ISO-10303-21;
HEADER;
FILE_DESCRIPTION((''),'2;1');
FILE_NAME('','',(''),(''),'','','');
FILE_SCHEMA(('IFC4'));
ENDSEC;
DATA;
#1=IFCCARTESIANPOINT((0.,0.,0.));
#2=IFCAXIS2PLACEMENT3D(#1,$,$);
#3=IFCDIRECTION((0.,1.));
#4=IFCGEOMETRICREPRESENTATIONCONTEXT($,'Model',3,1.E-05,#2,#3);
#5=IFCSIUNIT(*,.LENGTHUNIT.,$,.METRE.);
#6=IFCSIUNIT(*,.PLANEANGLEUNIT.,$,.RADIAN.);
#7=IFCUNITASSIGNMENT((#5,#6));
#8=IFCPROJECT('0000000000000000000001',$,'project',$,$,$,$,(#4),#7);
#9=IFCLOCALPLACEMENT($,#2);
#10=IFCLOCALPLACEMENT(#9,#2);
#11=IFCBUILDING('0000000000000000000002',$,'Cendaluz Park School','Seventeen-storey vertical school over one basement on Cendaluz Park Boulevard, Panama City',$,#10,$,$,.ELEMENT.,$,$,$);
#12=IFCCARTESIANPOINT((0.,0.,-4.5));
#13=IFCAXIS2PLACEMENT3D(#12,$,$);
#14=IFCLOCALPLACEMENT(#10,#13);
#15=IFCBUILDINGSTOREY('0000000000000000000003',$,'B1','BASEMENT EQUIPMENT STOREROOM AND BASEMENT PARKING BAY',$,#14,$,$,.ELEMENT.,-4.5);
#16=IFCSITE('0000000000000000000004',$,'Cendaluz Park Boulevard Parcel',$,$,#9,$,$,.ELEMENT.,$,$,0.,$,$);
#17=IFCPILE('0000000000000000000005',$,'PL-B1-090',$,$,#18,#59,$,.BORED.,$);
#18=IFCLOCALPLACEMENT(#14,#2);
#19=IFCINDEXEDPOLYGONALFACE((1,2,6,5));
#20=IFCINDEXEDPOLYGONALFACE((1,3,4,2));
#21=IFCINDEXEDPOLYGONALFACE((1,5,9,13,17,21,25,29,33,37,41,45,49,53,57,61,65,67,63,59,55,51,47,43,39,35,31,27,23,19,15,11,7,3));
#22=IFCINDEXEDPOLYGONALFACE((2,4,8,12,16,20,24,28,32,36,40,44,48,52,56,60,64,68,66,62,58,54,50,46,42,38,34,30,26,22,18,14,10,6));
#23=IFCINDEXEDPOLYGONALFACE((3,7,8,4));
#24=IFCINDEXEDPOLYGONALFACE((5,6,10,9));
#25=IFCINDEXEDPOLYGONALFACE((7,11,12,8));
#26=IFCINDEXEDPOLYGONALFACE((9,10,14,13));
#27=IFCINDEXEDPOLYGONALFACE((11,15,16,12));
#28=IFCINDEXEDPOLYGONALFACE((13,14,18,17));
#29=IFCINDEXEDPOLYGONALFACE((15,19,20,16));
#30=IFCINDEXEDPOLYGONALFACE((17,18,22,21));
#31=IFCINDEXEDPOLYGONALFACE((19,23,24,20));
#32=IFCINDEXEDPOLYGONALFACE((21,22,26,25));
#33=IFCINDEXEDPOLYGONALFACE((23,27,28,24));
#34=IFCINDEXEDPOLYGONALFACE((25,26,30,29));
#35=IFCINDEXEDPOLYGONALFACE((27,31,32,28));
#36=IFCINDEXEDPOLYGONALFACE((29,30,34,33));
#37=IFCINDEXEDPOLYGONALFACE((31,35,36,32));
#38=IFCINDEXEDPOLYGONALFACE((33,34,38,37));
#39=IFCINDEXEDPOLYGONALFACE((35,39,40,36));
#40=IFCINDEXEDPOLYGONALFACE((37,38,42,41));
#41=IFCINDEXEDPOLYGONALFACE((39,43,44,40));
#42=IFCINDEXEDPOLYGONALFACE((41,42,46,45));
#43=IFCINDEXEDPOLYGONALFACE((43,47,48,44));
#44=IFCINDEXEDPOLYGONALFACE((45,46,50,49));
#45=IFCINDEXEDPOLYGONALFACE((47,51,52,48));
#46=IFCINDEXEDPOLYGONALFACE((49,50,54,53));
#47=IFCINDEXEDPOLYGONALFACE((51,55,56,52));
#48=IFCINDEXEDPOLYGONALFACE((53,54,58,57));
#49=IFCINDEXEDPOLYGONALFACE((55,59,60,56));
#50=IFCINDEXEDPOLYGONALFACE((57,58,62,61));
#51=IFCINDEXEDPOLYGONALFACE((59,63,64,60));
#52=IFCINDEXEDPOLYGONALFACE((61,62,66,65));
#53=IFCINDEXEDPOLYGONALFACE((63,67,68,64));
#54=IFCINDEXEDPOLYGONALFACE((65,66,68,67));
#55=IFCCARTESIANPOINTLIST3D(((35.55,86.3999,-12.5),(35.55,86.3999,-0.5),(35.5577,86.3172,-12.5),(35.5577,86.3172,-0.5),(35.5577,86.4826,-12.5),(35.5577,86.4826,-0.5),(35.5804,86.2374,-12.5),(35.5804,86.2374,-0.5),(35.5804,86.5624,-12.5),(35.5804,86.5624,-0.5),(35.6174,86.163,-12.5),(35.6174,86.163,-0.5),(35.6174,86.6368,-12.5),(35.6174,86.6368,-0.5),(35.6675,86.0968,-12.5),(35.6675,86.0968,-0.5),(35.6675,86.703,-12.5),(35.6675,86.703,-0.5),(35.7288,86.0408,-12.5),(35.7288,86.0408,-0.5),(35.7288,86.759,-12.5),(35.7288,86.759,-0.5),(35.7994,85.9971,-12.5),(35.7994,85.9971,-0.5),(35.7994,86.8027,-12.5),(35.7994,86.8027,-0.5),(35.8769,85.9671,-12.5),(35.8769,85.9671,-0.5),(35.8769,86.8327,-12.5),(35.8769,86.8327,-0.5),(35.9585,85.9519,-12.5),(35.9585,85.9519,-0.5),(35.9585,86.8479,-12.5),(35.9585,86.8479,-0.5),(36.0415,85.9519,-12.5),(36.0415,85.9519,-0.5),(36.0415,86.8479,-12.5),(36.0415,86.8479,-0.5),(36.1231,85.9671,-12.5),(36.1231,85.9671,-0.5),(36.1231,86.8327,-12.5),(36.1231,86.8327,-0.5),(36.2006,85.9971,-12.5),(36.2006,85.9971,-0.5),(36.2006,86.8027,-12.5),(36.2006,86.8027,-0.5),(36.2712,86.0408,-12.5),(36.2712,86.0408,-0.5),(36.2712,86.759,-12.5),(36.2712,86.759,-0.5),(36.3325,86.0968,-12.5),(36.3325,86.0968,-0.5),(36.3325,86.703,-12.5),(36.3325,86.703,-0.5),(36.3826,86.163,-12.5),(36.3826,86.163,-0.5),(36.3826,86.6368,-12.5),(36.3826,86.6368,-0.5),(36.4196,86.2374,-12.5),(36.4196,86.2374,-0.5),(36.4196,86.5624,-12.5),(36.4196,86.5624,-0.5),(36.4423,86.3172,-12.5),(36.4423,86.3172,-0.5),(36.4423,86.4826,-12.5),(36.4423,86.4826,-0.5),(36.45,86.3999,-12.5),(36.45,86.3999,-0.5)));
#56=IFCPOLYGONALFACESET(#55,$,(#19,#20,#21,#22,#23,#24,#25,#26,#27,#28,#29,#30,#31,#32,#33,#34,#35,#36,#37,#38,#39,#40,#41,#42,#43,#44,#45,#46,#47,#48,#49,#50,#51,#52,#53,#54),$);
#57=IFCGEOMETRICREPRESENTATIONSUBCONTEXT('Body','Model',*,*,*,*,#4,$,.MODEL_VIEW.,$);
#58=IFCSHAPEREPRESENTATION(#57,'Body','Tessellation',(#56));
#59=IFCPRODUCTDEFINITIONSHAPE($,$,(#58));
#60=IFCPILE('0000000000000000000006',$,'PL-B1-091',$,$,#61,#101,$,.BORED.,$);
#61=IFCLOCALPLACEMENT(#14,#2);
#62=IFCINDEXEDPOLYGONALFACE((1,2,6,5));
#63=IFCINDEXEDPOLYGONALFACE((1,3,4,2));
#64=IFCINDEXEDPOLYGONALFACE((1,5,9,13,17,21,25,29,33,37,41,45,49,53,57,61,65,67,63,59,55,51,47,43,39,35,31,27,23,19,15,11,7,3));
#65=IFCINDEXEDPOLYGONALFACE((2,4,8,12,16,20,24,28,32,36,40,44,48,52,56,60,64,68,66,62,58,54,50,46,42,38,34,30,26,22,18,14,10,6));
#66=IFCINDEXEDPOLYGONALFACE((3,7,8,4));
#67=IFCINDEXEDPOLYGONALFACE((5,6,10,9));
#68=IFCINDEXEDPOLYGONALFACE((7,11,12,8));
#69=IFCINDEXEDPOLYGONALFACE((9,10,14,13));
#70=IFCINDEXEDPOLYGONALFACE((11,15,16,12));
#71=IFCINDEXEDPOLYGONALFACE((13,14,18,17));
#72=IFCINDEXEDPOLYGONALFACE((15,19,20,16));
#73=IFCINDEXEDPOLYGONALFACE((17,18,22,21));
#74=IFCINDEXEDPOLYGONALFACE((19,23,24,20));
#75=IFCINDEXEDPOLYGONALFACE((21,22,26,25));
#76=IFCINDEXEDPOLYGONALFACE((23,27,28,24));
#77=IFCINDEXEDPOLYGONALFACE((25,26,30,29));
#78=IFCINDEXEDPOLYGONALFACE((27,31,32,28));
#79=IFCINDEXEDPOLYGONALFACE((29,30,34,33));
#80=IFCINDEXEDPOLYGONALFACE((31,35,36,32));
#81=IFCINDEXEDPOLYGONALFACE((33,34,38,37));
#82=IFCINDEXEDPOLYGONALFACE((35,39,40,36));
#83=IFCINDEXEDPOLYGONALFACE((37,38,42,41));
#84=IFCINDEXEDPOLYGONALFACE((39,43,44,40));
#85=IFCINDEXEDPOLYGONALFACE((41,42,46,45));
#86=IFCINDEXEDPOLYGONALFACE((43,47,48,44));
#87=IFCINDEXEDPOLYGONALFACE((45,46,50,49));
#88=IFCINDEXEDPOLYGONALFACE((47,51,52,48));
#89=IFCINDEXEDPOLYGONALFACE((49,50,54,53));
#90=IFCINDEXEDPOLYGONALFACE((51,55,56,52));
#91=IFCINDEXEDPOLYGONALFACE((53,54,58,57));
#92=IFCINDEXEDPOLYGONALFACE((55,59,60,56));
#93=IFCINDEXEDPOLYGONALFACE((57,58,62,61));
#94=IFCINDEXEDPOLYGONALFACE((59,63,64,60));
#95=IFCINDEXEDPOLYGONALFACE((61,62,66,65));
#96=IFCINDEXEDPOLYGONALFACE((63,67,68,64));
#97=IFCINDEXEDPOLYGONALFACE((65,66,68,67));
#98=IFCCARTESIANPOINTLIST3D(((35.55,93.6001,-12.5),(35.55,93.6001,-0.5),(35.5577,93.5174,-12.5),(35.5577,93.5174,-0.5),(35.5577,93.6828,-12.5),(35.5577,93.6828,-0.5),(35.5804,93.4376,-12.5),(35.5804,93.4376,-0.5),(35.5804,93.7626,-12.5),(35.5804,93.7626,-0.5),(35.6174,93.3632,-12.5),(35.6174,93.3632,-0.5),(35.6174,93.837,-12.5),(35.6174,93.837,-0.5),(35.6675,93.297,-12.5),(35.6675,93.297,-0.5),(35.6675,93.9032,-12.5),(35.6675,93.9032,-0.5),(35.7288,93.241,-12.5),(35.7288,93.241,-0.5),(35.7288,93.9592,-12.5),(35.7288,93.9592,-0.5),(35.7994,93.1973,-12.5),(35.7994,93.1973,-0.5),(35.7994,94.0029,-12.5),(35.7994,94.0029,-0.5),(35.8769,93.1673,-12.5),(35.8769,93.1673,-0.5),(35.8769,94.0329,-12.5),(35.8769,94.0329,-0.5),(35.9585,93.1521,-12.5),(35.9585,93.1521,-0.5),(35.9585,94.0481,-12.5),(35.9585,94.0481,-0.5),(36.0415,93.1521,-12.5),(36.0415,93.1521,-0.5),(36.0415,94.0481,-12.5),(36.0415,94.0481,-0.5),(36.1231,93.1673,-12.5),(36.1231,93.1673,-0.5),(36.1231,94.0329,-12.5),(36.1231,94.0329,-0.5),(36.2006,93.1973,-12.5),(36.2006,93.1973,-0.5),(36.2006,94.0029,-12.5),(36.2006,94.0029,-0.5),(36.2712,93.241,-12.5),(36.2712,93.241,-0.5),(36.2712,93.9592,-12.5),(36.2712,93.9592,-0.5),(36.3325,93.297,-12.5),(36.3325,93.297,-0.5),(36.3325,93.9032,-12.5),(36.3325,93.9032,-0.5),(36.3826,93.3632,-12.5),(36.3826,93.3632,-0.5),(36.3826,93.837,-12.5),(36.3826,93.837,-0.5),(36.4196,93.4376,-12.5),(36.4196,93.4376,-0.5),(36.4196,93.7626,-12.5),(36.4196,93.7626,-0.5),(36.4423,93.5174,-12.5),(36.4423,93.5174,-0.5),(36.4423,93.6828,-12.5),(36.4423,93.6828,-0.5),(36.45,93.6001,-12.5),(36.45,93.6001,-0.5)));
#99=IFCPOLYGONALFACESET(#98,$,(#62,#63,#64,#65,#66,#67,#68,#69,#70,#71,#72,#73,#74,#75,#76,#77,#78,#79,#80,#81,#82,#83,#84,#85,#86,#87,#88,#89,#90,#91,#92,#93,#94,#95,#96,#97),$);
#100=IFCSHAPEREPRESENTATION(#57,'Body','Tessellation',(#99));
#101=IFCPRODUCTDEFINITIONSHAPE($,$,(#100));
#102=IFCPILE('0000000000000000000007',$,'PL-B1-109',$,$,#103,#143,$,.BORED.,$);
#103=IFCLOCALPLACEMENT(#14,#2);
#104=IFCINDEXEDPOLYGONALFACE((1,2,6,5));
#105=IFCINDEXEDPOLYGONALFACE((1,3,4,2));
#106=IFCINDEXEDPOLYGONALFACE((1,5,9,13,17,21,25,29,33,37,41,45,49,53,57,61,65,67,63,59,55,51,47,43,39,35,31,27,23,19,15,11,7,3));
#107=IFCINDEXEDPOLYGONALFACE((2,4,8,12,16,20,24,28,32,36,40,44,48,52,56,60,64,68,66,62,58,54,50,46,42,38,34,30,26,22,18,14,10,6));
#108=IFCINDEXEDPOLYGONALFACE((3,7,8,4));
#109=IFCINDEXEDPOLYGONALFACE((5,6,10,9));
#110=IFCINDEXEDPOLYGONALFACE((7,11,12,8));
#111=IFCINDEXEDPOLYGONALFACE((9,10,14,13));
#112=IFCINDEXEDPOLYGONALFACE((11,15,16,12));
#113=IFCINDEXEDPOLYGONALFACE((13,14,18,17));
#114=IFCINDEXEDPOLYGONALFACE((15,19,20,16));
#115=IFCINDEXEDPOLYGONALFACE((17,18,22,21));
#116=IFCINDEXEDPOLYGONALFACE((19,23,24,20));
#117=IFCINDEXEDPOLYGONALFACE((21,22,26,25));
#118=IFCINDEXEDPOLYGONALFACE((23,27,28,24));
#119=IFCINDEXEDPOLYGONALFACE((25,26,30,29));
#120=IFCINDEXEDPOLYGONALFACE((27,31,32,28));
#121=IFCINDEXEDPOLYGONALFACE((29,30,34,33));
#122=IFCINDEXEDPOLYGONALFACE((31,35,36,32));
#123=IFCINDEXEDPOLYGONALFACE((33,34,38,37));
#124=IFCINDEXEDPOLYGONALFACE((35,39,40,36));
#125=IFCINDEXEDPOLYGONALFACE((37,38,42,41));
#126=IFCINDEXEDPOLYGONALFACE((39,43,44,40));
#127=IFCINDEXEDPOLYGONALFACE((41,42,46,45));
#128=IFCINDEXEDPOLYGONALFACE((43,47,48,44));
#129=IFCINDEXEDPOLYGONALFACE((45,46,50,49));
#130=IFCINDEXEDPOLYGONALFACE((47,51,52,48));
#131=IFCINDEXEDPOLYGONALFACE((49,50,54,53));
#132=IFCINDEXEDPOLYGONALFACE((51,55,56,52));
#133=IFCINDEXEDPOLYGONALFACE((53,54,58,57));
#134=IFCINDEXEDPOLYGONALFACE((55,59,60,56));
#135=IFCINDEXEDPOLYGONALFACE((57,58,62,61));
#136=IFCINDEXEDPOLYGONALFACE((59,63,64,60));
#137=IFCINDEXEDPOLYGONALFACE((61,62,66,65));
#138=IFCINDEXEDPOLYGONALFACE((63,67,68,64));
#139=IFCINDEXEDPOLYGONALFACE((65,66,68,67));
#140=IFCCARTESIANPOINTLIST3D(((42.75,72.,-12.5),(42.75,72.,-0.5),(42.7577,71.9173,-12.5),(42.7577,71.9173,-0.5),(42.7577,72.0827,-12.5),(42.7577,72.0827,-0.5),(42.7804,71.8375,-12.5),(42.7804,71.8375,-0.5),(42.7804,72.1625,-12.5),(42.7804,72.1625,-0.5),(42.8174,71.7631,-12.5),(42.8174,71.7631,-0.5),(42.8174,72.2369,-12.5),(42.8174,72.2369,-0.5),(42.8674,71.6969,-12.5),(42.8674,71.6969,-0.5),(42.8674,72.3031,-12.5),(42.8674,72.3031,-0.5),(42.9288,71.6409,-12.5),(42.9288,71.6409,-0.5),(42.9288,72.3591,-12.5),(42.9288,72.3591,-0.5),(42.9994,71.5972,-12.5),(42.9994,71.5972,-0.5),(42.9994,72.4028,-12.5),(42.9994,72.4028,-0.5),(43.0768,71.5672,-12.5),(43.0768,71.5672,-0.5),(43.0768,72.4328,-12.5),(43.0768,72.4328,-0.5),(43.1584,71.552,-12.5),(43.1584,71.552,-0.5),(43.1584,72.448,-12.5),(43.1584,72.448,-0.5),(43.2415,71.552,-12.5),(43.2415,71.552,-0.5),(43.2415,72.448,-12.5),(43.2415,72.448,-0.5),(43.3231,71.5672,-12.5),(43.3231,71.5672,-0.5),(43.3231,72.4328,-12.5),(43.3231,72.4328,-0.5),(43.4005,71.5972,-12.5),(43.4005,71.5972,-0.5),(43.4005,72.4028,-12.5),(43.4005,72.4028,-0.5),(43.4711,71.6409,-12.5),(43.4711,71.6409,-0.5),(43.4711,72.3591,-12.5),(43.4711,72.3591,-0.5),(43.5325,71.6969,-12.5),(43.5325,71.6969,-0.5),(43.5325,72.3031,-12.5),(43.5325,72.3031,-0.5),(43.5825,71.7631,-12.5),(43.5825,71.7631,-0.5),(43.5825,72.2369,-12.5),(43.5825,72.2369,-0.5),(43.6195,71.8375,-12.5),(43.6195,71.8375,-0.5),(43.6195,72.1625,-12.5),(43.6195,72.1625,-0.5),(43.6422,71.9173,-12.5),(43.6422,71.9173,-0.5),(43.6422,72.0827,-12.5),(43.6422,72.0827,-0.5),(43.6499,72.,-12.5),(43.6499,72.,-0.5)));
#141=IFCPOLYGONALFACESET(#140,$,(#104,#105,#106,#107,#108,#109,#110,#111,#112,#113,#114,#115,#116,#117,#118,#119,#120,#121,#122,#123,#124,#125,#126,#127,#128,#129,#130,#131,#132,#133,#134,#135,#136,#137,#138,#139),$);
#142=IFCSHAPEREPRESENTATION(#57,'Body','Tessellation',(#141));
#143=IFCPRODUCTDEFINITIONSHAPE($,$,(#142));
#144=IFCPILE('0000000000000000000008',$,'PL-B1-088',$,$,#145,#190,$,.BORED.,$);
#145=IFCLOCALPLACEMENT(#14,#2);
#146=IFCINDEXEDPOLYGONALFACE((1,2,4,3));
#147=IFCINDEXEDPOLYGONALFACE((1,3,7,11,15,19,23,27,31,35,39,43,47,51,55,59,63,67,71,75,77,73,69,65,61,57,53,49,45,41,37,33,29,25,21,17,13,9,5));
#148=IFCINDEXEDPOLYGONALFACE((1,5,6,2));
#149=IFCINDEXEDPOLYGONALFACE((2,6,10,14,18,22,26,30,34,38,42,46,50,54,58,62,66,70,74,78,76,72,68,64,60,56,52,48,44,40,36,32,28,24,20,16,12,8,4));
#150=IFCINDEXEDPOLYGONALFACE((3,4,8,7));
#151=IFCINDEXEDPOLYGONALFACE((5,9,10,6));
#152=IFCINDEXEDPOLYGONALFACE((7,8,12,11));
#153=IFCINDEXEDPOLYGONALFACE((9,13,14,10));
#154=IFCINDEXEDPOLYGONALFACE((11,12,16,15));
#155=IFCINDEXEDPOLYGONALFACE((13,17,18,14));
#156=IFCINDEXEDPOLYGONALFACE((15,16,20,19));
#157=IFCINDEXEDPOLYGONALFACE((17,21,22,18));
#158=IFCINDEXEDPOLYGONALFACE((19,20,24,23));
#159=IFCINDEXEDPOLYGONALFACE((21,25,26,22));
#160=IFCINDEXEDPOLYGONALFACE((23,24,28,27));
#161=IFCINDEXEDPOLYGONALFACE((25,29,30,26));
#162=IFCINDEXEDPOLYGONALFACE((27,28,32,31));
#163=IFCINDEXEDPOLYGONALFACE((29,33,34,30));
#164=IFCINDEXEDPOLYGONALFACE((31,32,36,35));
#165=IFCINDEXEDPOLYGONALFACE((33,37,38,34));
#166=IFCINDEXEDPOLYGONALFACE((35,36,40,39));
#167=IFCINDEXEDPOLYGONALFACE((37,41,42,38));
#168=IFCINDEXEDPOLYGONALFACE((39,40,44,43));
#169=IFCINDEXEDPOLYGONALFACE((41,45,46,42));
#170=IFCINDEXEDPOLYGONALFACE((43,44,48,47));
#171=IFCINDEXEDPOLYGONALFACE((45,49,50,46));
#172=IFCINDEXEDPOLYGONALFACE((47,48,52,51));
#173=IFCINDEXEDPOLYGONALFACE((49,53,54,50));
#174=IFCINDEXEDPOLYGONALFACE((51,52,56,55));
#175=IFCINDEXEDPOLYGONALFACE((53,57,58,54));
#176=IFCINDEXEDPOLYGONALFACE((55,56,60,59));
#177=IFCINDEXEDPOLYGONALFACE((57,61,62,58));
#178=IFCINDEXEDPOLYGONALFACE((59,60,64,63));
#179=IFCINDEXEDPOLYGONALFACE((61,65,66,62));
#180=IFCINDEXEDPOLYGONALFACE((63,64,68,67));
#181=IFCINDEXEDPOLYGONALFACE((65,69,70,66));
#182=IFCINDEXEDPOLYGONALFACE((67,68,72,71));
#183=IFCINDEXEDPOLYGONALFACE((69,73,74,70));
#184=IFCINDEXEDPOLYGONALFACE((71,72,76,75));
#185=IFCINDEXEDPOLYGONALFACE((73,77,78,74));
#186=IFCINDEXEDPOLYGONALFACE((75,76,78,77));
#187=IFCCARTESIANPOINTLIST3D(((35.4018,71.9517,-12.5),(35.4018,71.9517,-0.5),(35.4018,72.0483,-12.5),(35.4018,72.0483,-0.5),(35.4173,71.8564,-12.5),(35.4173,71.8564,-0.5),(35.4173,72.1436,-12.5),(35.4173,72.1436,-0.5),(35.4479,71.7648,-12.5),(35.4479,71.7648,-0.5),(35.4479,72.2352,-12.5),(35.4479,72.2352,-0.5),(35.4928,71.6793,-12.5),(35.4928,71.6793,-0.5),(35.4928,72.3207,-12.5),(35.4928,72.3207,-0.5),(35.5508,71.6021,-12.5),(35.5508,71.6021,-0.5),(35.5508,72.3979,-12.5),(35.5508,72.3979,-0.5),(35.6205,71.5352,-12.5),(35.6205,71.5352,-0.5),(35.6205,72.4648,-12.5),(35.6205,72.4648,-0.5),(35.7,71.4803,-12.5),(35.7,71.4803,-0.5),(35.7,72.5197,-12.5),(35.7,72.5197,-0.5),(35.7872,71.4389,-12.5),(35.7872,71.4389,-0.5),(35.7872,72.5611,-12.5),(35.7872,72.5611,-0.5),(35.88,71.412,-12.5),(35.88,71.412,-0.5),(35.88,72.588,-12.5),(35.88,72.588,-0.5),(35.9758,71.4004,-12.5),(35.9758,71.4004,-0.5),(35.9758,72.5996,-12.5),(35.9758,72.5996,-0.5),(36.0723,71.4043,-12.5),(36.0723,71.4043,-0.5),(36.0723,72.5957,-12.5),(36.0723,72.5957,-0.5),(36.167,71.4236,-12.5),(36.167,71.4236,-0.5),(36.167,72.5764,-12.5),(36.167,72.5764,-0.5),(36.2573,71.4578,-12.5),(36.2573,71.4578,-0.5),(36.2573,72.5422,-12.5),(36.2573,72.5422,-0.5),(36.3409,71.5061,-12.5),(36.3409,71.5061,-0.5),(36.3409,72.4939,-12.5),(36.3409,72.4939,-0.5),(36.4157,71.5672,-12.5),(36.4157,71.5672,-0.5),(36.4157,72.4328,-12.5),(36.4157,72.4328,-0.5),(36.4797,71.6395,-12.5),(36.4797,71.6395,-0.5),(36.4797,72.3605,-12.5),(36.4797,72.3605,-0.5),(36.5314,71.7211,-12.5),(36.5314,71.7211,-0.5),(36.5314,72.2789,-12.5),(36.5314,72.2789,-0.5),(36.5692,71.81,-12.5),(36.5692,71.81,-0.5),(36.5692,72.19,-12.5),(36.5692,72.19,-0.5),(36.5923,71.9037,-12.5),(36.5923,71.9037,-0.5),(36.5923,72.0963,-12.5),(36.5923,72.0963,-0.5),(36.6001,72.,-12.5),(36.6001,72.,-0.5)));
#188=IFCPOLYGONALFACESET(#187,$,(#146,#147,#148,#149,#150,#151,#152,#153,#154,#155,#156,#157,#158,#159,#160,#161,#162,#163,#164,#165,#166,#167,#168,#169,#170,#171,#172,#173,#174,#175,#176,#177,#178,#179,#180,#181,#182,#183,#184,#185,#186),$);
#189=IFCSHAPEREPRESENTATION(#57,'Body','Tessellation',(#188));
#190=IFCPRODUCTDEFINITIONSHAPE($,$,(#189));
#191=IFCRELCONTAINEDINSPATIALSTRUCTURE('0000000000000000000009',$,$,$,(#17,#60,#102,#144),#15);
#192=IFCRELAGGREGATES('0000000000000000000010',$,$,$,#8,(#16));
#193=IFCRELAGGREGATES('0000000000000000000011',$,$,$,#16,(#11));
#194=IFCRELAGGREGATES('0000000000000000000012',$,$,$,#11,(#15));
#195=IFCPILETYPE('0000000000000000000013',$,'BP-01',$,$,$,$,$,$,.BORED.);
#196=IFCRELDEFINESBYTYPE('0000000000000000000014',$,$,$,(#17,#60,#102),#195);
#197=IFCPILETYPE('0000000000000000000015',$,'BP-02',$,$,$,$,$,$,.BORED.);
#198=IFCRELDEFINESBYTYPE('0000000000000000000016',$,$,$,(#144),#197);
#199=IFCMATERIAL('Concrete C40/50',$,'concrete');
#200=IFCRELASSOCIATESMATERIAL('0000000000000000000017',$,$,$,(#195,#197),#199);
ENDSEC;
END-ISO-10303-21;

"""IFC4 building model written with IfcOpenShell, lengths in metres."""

from ifc_helpers import new_model, si_unit, direction, frame, origin, origin_2d, place, context, subcontext, project, spatial, circle, extrude, material, material_profile, profile_set, type_object, element, save


model = new_model("IFC4")

# Units and contexts
model_context = context("Model", 3, precision=1e-05, world=origin(), true_north=direction((0.0, 1.0)))
body_context = subcontext(model_context, "Body", "Model", "MODEL_VIEW")
ifc_project = project(units=[si_unit("LENGTHUNIT", "METRE"), si_unit("PLANEANGLEUNIT", "RADIAN")], contexts=[model_context])

# Site, building, storey
site_placement = place(None, origin())
site = spatial("IfcSite", under=ifc_project, at=site_placement, Name="Cendaluz Park Boulevard Parcel", CompositionType="ELEMENT", RefElevation=0.0)
building_placement = place(site_placement, origin())
building = spatial("IfcBuilding", under=site, at=building_placement, Name="Cendaluz Park School", Description="Seventeen-storey vertical school over one basement on Cendaluz Park Boulevard, Panama City", CompositionType="ELEMENT")
storey_placement = place(building_placement, frame((0.0, 0.0, -4.5)))
storey = spatial("IfcBuildingStorey", under=building, at=storey_placement, Name="B1", Description="BASEMENT EQUIPMENT STOREROOM AND BASEMENT PARKING BAY", CompositionType="ELEMENT", Elevation=-4.5)

# Piles
ifc_material_1 = material(Name="Concrete C40/50", Category="concrete")
ifc_material_profile_1 = material_profile(ifc_material_1, circle(Radius=0.45, at=origin_2d()), Name="BP D900", Category="concrete")
ifc_profile_set_1 = profile_set([ifc_material_profile_1], Name="Concrete C40/50")
pile_type_1 = type_object("IfcPileType", Name="BP-01", PredefinedType="BORED", material=ifc_profile_set_1)
for number, where, z_axis, x_axis, name in (
    (1, (36.0, 86.3999, -0.5), (0.0, 0.0, -1.0), (1.0, 0.0, 0.0), "PL-B1-090"),
    (2, (36.0, 93.6001, -0.5), (0.0, 0.0, -1.0), (1.0, 0.0, 0.0), "PL-B1-091"),
    (3, (43.2, 72.0, -0.5), (0.0, 0.0, -1.0), (1.0, 0.0, 0.0), "PL-B1-109"),
):
    element("IfcPile", number, at=place(storey_placement, frame(where, z_axis=z_axis, x_axis=x_axis)), inside=storey, type_object=pile_type_1, Name=name, PredefinedType="BORED", context=body_context, shape_type="SweptSolid", body=[
        extrude(circle(Radius=0.45, at=origin_2d()), origin(), (0.0, 0.0, 1.0), 12.0),
    ])
ifc_material_profile_2 = material_profile(ifc_material_1, circle(Radius=0.6001, at=origin_2d()), Name="BP D1200", Category="concrete")
ifc_profile_set_2 = profile_set([ifc_material_profile_2], Name="Concrete C40/50")
pile_type_2 = type_object("IfcPileType", Name="BP-02", PredefinedType="BORED", material=ifc_profile_set_2)
for number, where, z_axis, x_axis, name in (
    (4, (36.0, 72.0, -0.5), (0.0, 0.0, -1.0), (1.0, 0.0, 0.0), "PL-B1-088"),
):
    element("IfcPile", number, at=place(storey_placement, frame(where, z_axis=z_axis, x_axis=x_axis)), inside=storey, type_object=pile_type_2, Name=name, PredefinedType="BORED", context=body_context, shape_type="SweptSolid", body=[
        extrude(circle(Radius=0.6001, at=origin_2d()), origin(), (0.0, 0.0, 1.0), 12.0),
    ])

save(model, "model.ifc")
